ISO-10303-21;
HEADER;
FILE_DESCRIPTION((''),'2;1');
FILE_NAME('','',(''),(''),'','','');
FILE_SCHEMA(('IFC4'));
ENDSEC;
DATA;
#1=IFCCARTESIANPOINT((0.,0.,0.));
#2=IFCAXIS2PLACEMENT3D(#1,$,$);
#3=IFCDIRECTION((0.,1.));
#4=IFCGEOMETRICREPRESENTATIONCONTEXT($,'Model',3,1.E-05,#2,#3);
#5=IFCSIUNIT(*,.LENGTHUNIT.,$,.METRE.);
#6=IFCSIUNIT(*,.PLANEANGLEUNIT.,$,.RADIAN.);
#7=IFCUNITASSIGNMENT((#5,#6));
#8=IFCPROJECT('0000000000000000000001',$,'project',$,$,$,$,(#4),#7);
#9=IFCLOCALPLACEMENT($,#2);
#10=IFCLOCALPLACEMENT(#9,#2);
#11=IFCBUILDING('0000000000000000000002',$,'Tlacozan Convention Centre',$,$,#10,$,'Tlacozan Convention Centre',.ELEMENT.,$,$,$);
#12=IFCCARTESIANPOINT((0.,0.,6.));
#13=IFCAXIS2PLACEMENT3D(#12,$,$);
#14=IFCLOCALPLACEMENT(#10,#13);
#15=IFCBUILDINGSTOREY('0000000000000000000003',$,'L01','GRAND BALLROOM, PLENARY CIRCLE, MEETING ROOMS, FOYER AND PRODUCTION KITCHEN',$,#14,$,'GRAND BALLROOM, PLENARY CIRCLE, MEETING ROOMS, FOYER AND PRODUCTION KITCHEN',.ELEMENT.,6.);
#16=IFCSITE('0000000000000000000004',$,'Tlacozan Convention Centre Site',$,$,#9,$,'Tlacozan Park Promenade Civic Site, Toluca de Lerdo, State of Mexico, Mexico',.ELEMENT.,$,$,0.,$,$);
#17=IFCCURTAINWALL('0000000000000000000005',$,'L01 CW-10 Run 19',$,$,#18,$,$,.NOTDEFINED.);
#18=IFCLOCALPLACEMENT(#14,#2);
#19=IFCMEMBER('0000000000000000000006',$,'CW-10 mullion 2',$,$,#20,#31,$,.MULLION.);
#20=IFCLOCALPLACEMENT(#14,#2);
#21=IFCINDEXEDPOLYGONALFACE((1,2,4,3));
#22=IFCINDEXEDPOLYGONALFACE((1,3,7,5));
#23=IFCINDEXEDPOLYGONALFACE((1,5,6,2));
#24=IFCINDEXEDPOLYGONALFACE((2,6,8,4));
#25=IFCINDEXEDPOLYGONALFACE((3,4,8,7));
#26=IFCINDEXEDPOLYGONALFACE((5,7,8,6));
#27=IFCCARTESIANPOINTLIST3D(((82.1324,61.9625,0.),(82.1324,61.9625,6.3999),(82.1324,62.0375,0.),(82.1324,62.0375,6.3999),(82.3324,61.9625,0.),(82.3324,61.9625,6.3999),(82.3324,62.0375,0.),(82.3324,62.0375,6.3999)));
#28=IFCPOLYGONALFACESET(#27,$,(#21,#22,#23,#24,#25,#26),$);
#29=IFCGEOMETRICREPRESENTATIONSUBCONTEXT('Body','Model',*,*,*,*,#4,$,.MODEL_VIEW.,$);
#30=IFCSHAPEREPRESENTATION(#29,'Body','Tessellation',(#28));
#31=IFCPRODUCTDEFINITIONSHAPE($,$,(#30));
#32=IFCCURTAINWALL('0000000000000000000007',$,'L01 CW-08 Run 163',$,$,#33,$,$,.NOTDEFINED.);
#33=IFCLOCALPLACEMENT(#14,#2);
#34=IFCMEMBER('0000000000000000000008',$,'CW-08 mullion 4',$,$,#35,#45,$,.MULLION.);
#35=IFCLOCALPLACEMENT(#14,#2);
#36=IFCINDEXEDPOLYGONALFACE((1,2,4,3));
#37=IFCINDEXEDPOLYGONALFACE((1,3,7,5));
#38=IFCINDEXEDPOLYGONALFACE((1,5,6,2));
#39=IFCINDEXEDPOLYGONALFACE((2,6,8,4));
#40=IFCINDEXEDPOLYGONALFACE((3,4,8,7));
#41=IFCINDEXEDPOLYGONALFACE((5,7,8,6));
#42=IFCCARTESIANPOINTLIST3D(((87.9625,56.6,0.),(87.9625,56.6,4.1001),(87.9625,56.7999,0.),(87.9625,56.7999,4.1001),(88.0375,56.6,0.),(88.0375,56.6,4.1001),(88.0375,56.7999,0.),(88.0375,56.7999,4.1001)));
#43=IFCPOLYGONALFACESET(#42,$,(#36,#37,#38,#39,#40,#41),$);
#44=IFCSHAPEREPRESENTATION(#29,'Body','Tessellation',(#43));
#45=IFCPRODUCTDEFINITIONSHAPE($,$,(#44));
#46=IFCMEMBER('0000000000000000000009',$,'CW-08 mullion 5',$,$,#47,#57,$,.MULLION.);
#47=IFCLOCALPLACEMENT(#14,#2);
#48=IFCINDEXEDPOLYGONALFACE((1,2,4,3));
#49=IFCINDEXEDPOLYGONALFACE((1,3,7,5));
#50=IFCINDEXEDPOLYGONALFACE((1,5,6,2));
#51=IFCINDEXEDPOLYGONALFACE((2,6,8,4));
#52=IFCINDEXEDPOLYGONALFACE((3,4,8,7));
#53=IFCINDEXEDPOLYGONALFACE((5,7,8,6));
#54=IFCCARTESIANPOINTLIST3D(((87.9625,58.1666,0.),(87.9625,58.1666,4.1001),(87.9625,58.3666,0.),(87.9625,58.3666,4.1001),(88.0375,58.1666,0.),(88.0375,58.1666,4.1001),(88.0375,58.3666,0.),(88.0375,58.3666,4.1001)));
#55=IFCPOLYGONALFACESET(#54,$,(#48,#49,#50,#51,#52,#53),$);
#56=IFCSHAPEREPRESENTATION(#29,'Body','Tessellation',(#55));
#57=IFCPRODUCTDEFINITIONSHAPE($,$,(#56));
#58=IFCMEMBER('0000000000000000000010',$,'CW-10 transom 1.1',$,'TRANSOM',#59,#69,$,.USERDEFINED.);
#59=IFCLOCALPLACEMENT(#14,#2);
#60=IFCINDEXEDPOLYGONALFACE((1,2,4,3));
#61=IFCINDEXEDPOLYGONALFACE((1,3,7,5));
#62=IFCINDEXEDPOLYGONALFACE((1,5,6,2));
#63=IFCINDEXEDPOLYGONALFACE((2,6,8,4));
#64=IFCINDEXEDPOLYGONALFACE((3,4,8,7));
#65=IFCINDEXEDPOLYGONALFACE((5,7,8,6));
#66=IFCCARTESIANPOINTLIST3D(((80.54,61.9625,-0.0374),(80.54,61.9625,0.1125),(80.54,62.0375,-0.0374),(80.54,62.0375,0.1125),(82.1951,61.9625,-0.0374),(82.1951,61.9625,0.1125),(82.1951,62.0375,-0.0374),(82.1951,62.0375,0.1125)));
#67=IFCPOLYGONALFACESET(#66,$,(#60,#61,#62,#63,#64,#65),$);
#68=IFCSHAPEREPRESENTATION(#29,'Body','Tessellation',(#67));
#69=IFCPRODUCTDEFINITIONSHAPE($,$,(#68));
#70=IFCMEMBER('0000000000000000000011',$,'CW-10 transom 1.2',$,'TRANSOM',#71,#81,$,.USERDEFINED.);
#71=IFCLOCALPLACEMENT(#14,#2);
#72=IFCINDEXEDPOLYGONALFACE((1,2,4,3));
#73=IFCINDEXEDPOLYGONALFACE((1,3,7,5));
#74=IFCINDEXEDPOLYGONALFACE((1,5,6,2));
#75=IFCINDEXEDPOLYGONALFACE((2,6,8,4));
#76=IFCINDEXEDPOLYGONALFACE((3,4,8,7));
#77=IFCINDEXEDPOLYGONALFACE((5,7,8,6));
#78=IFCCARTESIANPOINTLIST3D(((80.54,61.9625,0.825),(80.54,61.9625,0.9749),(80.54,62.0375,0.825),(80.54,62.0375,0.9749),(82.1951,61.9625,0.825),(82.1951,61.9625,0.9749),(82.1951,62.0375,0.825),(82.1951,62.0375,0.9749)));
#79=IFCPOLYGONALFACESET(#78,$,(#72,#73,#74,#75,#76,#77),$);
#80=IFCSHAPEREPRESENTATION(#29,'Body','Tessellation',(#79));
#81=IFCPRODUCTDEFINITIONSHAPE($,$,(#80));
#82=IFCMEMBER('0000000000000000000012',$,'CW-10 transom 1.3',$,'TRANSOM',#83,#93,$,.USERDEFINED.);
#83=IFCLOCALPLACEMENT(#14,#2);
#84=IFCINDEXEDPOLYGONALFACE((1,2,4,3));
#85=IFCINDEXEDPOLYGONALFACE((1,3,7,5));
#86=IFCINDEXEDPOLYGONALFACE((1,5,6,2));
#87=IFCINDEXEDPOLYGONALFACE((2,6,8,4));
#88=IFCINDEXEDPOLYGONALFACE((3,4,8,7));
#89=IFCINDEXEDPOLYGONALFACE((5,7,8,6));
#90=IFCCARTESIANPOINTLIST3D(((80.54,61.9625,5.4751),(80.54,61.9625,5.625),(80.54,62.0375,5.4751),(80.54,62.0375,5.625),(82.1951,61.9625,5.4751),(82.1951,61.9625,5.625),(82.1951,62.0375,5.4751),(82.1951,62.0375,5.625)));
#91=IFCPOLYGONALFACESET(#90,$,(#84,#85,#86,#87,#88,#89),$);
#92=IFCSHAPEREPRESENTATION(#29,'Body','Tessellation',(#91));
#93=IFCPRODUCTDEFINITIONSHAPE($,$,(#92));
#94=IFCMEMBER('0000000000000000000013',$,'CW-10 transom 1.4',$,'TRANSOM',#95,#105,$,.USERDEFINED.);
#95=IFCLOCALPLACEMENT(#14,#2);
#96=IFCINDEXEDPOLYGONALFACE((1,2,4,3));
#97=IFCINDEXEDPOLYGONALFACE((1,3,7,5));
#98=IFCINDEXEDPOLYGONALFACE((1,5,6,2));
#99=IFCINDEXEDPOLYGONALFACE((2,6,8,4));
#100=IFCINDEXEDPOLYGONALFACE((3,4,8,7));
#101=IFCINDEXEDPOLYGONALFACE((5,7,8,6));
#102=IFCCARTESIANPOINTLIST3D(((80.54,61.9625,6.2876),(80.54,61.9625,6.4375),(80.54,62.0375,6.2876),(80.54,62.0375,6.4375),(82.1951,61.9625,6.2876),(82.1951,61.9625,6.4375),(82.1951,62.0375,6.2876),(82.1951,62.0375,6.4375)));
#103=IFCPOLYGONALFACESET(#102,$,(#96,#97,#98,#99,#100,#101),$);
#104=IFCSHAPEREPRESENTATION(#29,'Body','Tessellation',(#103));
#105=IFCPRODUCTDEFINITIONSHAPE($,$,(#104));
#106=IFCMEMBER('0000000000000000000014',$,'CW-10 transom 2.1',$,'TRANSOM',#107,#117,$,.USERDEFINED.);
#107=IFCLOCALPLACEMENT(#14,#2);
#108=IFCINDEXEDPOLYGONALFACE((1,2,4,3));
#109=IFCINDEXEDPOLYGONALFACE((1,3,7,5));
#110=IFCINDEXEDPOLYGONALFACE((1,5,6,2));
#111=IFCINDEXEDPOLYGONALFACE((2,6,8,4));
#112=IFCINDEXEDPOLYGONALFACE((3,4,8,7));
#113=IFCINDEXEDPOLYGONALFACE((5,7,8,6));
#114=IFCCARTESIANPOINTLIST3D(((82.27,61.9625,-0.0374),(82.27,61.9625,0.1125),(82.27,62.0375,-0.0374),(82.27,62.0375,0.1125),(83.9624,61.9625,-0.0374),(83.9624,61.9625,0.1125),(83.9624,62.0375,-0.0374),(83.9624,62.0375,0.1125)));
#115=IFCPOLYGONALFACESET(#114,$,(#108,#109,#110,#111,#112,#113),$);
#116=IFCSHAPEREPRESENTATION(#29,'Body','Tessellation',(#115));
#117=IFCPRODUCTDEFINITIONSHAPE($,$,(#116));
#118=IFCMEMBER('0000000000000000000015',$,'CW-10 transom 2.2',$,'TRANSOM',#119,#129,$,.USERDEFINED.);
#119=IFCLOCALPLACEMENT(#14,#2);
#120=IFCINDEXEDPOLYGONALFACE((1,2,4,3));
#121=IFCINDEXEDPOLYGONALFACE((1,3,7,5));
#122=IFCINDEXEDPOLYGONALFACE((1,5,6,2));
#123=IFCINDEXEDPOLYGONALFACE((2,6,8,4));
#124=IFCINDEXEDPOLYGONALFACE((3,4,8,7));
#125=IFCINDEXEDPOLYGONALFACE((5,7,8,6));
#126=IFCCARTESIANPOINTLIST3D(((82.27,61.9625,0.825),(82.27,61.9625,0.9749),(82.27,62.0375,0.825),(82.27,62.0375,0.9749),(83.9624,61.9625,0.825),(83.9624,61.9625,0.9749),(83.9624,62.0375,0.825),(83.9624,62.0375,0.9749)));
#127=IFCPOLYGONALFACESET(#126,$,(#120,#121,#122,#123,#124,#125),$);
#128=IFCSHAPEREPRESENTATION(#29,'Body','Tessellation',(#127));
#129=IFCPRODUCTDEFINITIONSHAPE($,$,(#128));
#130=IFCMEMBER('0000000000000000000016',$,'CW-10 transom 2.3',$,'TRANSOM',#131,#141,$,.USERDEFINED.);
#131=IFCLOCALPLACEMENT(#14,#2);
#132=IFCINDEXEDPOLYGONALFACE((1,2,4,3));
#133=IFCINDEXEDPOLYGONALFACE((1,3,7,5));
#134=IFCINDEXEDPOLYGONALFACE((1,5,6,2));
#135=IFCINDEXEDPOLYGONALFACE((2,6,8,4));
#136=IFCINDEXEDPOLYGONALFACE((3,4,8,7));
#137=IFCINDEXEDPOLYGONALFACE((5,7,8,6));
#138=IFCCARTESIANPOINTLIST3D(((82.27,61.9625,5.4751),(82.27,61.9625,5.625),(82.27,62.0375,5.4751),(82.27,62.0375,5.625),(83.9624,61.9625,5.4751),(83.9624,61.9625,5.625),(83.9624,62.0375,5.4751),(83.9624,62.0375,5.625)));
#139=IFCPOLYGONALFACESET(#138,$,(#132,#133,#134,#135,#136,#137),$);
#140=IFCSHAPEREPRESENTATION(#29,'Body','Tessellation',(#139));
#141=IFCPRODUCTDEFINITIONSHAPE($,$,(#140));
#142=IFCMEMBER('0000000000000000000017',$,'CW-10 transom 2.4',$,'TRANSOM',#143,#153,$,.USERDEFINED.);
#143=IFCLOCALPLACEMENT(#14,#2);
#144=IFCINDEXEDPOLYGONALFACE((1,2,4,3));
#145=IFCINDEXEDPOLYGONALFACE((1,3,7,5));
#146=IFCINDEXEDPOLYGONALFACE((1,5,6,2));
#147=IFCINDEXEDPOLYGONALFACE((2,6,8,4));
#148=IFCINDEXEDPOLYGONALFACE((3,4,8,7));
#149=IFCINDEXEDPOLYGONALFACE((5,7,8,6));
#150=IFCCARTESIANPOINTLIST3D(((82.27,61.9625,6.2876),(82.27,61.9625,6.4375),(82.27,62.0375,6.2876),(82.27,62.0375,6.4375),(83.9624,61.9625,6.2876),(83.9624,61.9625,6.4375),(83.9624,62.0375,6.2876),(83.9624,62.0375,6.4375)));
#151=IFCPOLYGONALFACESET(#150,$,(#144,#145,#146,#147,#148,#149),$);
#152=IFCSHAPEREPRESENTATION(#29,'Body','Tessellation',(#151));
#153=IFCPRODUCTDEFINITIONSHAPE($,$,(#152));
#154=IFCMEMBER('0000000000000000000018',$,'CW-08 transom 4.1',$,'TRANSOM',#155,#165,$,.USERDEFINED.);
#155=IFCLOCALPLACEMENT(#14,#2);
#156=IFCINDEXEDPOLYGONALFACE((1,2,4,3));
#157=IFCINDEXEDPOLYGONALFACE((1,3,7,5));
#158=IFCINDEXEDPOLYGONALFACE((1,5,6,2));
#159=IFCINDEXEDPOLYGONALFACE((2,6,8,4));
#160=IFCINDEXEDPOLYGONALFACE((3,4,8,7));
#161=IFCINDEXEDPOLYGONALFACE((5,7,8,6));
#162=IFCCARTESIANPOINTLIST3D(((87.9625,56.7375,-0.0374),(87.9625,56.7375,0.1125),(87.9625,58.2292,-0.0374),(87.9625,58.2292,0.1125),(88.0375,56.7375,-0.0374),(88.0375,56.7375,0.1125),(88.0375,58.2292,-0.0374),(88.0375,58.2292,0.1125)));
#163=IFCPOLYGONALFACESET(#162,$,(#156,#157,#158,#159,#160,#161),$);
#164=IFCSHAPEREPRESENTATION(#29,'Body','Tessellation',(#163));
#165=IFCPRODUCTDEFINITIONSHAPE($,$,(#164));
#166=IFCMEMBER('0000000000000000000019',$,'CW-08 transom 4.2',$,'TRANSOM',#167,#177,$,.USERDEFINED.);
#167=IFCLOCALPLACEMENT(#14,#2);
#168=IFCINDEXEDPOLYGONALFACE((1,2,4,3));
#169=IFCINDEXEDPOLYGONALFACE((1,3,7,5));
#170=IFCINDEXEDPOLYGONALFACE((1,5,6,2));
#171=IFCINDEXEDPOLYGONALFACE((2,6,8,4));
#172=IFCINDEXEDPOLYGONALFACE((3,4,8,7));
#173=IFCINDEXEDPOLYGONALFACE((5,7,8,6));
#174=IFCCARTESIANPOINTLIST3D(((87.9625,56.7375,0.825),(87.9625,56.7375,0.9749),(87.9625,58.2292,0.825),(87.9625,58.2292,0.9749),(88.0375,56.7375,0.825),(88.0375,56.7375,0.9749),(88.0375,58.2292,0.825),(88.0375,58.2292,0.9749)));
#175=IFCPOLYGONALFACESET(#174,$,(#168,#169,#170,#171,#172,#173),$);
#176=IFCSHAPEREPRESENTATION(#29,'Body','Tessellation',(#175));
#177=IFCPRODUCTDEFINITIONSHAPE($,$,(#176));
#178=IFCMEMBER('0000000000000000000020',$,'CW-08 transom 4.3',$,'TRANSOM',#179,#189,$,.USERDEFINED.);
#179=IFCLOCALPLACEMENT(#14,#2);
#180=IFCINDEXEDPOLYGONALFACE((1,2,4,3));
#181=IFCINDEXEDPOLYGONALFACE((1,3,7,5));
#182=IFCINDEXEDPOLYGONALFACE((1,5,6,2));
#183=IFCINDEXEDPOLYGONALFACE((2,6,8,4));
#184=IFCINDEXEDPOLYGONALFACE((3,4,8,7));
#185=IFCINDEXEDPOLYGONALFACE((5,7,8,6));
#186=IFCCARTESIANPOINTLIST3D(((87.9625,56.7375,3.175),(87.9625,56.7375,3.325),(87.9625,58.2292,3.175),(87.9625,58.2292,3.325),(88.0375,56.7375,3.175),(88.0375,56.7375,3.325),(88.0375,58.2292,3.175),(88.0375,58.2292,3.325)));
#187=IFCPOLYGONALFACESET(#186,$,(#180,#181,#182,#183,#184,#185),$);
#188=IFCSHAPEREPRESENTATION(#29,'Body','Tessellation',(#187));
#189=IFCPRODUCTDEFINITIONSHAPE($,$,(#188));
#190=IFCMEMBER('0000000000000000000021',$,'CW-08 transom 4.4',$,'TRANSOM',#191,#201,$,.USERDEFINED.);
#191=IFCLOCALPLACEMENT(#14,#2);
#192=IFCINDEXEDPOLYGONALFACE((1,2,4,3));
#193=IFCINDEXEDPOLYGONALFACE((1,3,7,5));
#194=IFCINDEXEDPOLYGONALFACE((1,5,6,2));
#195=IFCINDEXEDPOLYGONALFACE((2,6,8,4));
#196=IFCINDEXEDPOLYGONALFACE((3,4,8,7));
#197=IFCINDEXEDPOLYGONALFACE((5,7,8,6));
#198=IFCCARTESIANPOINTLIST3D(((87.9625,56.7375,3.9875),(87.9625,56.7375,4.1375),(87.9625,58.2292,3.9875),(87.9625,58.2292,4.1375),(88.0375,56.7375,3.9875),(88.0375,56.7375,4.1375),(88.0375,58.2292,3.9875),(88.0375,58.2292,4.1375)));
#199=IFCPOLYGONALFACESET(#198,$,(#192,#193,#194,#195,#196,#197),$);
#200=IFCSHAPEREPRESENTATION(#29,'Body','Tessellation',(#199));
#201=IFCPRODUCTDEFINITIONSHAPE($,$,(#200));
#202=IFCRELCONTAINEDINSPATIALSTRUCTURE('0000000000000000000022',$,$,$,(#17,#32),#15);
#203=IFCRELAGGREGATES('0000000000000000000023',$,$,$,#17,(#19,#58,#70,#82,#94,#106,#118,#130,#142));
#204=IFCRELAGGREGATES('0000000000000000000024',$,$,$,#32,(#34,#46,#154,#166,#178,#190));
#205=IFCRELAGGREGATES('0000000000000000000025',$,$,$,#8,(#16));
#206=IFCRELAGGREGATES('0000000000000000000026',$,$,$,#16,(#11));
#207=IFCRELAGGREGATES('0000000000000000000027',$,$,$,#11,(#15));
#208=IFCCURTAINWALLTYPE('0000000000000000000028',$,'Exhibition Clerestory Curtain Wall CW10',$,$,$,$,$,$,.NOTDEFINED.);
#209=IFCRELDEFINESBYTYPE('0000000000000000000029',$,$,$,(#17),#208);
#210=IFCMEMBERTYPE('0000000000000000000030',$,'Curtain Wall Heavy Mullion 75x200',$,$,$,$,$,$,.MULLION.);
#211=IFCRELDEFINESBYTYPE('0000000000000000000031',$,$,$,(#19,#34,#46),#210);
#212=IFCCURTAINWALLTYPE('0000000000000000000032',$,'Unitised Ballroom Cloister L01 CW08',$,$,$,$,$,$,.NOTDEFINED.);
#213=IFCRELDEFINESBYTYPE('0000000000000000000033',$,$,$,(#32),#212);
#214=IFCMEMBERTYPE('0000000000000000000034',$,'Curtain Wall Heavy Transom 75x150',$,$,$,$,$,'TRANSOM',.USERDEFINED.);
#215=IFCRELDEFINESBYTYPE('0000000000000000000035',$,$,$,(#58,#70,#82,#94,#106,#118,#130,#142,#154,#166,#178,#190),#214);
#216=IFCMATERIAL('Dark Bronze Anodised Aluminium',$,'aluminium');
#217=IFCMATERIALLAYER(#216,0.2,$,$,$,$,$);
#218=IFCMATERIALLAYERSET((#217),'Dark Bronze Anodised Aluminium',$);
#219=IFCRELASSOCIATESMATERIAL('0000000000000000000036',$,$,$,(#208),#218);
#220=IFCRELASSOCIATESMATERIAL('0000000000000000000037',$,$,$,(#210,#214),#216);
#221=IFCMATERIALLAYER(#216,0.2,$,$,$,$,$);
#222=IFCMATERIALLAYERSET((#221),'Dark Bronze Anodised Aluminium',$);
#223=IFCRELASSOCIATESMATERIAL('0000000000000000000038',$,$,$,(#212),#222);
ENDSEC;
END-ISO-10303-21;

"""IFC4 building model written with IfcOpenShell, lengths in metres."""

from ifc_helpers import new_model, si_unit, direction, frame, origin, origin_2d, place, context, subcontext, project, spatial, rectangle, extrude, material, layer, layer_set, material_profile, profile_set, type_object, element, aggregate, save


model = new_model("IFC4")

# Units and contexts
model_context = context("Model", 3, precision=1e-05, world=origin(), true_north=direction((0.0, 1.0)))
body_context = subcontext(model_context, "Body", "Model", "MODEL_VIEW")
ifc_project = project(units=[si_unit("LENGTHUNIT", "METRE"), si_unit("PLANEANGLEUNIT", "RADIAN")], contexts=[model_context])

# Site, building, storey
site_placement = place(None, origin())
site = spatial("IfcSite", under=ifc_project, at=site_placement, Name="Tlacozan Convention Centre Site", LongName="Tlacozan Park Promenade Civic Site, Toluca de Lerdo, State of Mexico, Mexico", CompositionType="ELEMENT", RefElevation=0.0)
building_placement = place(site_placement, origin())
building = spatial("IfcBuilding", under=site, at=building_placement, Name="Tlacozan Convention Centre", LongName="Tlacozan Convention Centre", CompositionType="ELEMENT")
storey_placement = place(building_placement, frame((0.0, 0.0, 6.0)))
storey = spatial("IfcBuildingStorey", under=building, at=storey_placement, Name="L01", Description="GRAND BALLROOM, PLENARY CIRCLE, MEETING ROOMS, FOYER AND PRODUCTION KITCHEN", LongName="GRAND BALLROOM, PLENARY CIRCLE, MEETING ROOMS, FOYER AND PRODUCTION KITCHEN", CompositionType="ELEMENT", Elevation=6.0)

# Curtain wall, member
ifc_material_1 = material(Name="Dark Bronze Anodised Aluminium", Category="aluminium")
ifc_layer_1 = layer(ifc_material_1, 0.2)
ifc_layer_set_1 = layer_set([ifc_layer_1], Name="Dark Bronze Anodised Aluminium")
curtain_wall_type_1 = type_object("IfcCurtainWallType", Name="Exhibition Clerestory Curtain Wall CW10", PredefinedType="NOTDEFINED", material=ifc_layer_set_1)
curtain_wall_1_placement = place(storey_placement, origin())
curtain_wall_1 = element("IfcCurtainWall", 1, at=curtain_wall_1_placement, inside=storey, type_object=curtain_wall_type_1, Name="L01 CW-10 Run 19", PredefinedType="NOTDEFINED")
ifc_material_profile_1 = material_profile(ifc_material_1, rectangle(XDim=0.075, YDim=0.2, at=origin_2d()), Name="ALU 75x200")
ifc_profile_set_1 = profile_set([ifc_material_profile_1], Name="Dark Bronze Anodised Aluminium")
member_type_1 = type_object("IfcMemberType", Name="Curtain Wall Heavy Mullion 75x200", PredefinedType="MULLION", material=ifc_profile_set_1)
member_1_placement = place(storey_placement, frame((82.2324, 62.0, 0.0), z_axis=(0.0, 0.0, 1.0), x_axis=(0.0, 1.0, 0.0)))
member_1 = element("IfcMember", 2, at=member_1_placement, type_object=member_type_1, Name="CW-10 mullion 2", PredefinedType="MULLION", context=body_context, shape_type="SweptSolid", body=[
    extrude(rectangle(XDim=0.075, YDim=0.2, at=origin_2d()), origin(), (0.0, 0.0, 1.0), 6.3999),
])

# Curtain wall, members
ifc_layer_2 = layer(ifc_material_1, 0.2)
ifc_layer_set_2 = layer_set([ifc_layer_2], Name="Dark Bronze Anodised Aluminium")
curtain_wall_type_2 = type_object("IfcCurtainWallType", Name="Unitised Ballroom Cloister L01 CW08", PredefinedType="NOTDEFINED", material=ifc_layer_set_2)
curtain_wall_2_placement = place(storey_placement, origin())
curtain_wall_2 = element("IfcCurtainWall", 3, at=curtain_wall_2_placement, inside=storey, type_object=curtain_wall_type_2, Name="L01 CW-08 Run 163", PredefinedType="NOTDEFINED")
member_2_placement = place(storey_placement, frame((88.0, 56.7, 0.0), z_axis=(0.0, 0.0, 1.0), x_axis=(-1.0, 0.0, 0.0)))
member_2 = element("IfcMember", 4, at=member_2_placement, type_object=member_type_1, Name="CW-08 mullion 4", PredefinedType="MULLION", context=body_context, shape_type="SweptSolid", body=[
    extrude(rectangle(XDim=0.075, YDim=0.2, at=origin_2d()), origin(), (0.0, 0.0, 1.0), 4.1001),
])
member_3_placement = place(storey_placement, frame((88.0, 58.2666, 0.0), z_axis=(0.0, 0.0, 1.0), x_axis=(-1.0, 0.0, 0.0)))
member_3 = element("IfcMember", 5, at=member_3_placement, type_object=member_type_1, Name="CW-08 mullion 5", PredefinedType="MULLION", context=body_context, shape_type="SweptSolid", body=[
    extrude(rectangle(XDim=0.075, YDim=0.2, at=origin_2d()), origin(), (0.0, 0.0, 1.0), 4.1001),
])

# Members
ifc_material_profile_2 = material_profile(ifc_material_1, rectangle(XDim=0.075, YDim=0.1499, at=origin_2d()), Name="ALU 75x150")
ifc_profile_set_2 = profile_set([ifc_material_profile_2], Name="Dark Bronze Anodised Aluminium")
member_type_2 = type_object("IfcMemberType", Name="Curtain Wall Heavy Transom 75x150", ElementType="TRANSOM", PredefinedType="USERDEFINED", material=ifc_profile_set_2)
member_4_placement = place(storey_placement, frame((80.54, 62.0, 0.0376), z_axis=(1.0, 0.0, 0.0), x_axis=(0.0, 1.0, 0.0)))
member_4 = element("IfcMember", 6, at=member_4_placement, type_object=member_type_2, Name="CW-10 transom 1.1", ObjectType="TRANSOM", PredefinedType="USERDEFINED", context=body_context, shape_type="SweptSolid", body=[
    extrude(rectangle(XDim=0.075, YDim=0.1499, at=origin_2d()), origin(), (0.0, 0.0, 1.0), 1.655),
])
member_5_placement = place(storey_placement, frame((80.54, 62.0, 0.8999), z_axis=(1.0, 0.0, 0.0), x_axis=(0.0, 1.0, 0.0)))
member_5 = element("IfcMember", 7, at=member_5_placement, type_object=member_type_2, Name="CW-10 transom 1.2", ObjectType="TRANSOM", PredefinedType="USERDEFINED", context=body_context, shape_type="SweptSolid", body=[
    extrude(rectangle(XDim=0.075, YDim=0.1499, at=origin_2d()), origin(), (0.0, 0.0, 1.0), 1.655),
])
member_6_placement = place(storey_placement, frame((80.54, 62.0, 5.55), z_axis=(1.0, 0.0, 0.0), x_axis=(0.0, 1.0, 0.0)))
member_6 = element("IfcMember", 8, at=member_6_placement, type_object=member_type_2, Name="CW-10 transom 1.3", ObjectType="TRANSOM", PredefinedType="USERDEFINED", context=body_context, shape_type="SweptSolid", body=[
    extrude(rectangle(XDim=0.075, YDim=0.1499, at=origin_2d()), origin(), (0.0, 0.0, 1.0), 1.655),
])
member_7_placement = place(storey_placement, frame((80.54, 62.0, 6.3625), z_axis=(1.0, 0.0, 0.0), x_axis=(0.0, 1.0, 0.0)))
member_7 = element("IfcMember", 9, at=member_7_placement, type_object=member_type_2, Name="CW-10 transom 1.4", ObjectType="TRANSOM", PredefinedType="USERDEFINED", context=body_context, shape_type="SweptSolid", body=[
    extrude(rectangle(XDim=0.075, YDim=0.1499, at=origin_2d()), origin(), (0.0, 0.0, 1.0), 1.655),
])
member_8_placement = place(storey_placement, frame((82.27, 62.0, 0.0376), z_axis=(1.0, 0.0, 0.0), x_axis=(0.0, 1.0, 0.0)))
member_8 = element("IfcMember", 10, at=member_8_placement, type_object=member_type_2, Name="CW-10 transom 2.1", ObjectType="TRANSOM", PredefinedType="USERDEFINED", context=body_context, shape_type="SweptSolid", body=[
    extrude(rectangle(XDim=0.075, YDim=0.1499, at=origin_2d()), origin(), (0.0, 0.0, 1.0), 1.6924),
])
member_9_placement = place(storey_placement, frame((82.27, 62.0, 0.8999), z_axis=(1.0, 0.0, 0.0), x_axis=(0.0, 1.0, 0.0)))
member_9 = element("IfcMember", 11, at=member_9_placement, type_object=member_type_2, Name="CW-10 transom 2.2", ObjectType="TRANSOM", PredefinedType="USERDEFINED", context=body_context, shape_type="SweptSolid", body=[
    extrude(rectangle(XDim=0.075, YDim=0.1499, at=origin_2d()), origin(), (0.0, 0.0, 1.0), 1.6924),
])
member_10_placement = place(storey_placement, frame((82.27, 62.0, 5.55), z_axis=(1.0, 0.0, 0.0), x_axis=(0.0, 1.0, 0.0)))
member_10 = element("IfcMember", 12, at=member_10_placement, type_object=member_type_2, Name="CW-10 transom 2.3", ObjectType="TRANSOM", PredefinedType="USERDEFINED", context=body_context, shape_type="SweptSolid", body=[
    extrude(rectangle(XDim=0.075, YDim=0.1499, at=origin_2d()), origin(), (0.0, 0.0, 1.0), 1.6924),
])
member_11_placement = place(storey_placement, frame((82.27, 62.0, 6.3625), z_axis=(1.0, 0.0, 0.0), x_axis=(0.0, 1.0, 0.0)))
member_11 = element("IfcMember", 13, at=member_11_placement, type_object=member_type_2, Name="CW-10 transom 2.4", ObjectType="TRANSOM", PredefinedType="USERDEFINED", context=body_context, shape_type="SweptSolid", body=[
    extrude(rectangle(XDim=0.075, YDim=0.1499, at=origin_2d()), origin(), (0.0, 0.0, 1.0), 1.6924),
])
member_12_placement = place(storey_placement, frame((88.0, 56.7375, 0.0376), z_axis=(0.0, 1.0, 0.0), x_axis=(-1.0, 0.0, 0.0)))
member_12 = element("IfcMember", 14, at=member_12_placement, type_object=member_type_2, Name="CW-08 transom 4.1", ObjectType="TRANSOM", PredefinedType="USERDEFINED", context=body_context, shape_type="SweptSolid", body=[
    extrude(rectangle(XDim=0.075, YDim=0.1499, at=origin_2d()), origin(), (0.0, 0.0, 1.0), 1.4917),
])
member_13_placement = place(storey_placement, frame((88.0, 56.7375, 0.8999), z_axis=(0.0, 1.0, 0.0), x_axis=(-1.0, 0.0, 0.0)))
member_13 = element("IfcMember", 15, at=member_13_placement, type_object=member_type_2, Name="CW-08 transom 4.2", ObjectType="TRANSOM", PredefinedType="USERDEFINED", context=body_context, shape_type="SweptSolid", body=[
    extrude(rectangle(XDim=0.075, YDim=0.1499, at=origin_2d()), origin(), (0.0, 0.0, 1.0), 1.4917),
])
member_14_placement = place(storey_placement, frame((88.0, 56.7375, 3.25), z_axis=(0.0, 1.0, 0.0), x_axis=(-1.0, 0.0, 0.0)))
member_14 = element("IfcMember", 16, at=member_14_placement, type_object=member_type_2, Name="CW-08 transom 4.3", ObjectType="TRANSOM", PredefinedType="USERDEFINED", context=body_context, shape_type="SweptSolid", body=[
    extrude(rectangle(XDim=0.075, YDim=0.1499, at=origin_2d()), origin(), (0.0, 0.0, 1.0), 1.4917),
])
member_15_placement = place(storey_placement, frame((88.0, 56.7375, 4.0625), z_axis=(0.0, 1.0, 0.0), x_axis=(-1.0, 0.0, 0.0)))
member_15 = element("IfcMember", 17, at=member_15_placement, type_object=member_type_2, Name="CW-08 transom 4.4", ObjectType="TRANSOM", PredefinedType="USERDEFINED", context=body_context, shape_type="SweptSolid", body=[
    extrude(rectangle(XDim=0.075, YDim=0.1499, at=origin_2d()), origin(), (0.0, 0.0, 1.0), 1.4917),
])

aggregate(curtain_wall_1, [member_1, member_4, member_5, member_6, member_7, member_8, member_9, member_10, member_11])
aggregate(curtain_wall_2, [member_2, member_3, member_12, member_13, member_14, member_15])

save(model, "model.ifc")
